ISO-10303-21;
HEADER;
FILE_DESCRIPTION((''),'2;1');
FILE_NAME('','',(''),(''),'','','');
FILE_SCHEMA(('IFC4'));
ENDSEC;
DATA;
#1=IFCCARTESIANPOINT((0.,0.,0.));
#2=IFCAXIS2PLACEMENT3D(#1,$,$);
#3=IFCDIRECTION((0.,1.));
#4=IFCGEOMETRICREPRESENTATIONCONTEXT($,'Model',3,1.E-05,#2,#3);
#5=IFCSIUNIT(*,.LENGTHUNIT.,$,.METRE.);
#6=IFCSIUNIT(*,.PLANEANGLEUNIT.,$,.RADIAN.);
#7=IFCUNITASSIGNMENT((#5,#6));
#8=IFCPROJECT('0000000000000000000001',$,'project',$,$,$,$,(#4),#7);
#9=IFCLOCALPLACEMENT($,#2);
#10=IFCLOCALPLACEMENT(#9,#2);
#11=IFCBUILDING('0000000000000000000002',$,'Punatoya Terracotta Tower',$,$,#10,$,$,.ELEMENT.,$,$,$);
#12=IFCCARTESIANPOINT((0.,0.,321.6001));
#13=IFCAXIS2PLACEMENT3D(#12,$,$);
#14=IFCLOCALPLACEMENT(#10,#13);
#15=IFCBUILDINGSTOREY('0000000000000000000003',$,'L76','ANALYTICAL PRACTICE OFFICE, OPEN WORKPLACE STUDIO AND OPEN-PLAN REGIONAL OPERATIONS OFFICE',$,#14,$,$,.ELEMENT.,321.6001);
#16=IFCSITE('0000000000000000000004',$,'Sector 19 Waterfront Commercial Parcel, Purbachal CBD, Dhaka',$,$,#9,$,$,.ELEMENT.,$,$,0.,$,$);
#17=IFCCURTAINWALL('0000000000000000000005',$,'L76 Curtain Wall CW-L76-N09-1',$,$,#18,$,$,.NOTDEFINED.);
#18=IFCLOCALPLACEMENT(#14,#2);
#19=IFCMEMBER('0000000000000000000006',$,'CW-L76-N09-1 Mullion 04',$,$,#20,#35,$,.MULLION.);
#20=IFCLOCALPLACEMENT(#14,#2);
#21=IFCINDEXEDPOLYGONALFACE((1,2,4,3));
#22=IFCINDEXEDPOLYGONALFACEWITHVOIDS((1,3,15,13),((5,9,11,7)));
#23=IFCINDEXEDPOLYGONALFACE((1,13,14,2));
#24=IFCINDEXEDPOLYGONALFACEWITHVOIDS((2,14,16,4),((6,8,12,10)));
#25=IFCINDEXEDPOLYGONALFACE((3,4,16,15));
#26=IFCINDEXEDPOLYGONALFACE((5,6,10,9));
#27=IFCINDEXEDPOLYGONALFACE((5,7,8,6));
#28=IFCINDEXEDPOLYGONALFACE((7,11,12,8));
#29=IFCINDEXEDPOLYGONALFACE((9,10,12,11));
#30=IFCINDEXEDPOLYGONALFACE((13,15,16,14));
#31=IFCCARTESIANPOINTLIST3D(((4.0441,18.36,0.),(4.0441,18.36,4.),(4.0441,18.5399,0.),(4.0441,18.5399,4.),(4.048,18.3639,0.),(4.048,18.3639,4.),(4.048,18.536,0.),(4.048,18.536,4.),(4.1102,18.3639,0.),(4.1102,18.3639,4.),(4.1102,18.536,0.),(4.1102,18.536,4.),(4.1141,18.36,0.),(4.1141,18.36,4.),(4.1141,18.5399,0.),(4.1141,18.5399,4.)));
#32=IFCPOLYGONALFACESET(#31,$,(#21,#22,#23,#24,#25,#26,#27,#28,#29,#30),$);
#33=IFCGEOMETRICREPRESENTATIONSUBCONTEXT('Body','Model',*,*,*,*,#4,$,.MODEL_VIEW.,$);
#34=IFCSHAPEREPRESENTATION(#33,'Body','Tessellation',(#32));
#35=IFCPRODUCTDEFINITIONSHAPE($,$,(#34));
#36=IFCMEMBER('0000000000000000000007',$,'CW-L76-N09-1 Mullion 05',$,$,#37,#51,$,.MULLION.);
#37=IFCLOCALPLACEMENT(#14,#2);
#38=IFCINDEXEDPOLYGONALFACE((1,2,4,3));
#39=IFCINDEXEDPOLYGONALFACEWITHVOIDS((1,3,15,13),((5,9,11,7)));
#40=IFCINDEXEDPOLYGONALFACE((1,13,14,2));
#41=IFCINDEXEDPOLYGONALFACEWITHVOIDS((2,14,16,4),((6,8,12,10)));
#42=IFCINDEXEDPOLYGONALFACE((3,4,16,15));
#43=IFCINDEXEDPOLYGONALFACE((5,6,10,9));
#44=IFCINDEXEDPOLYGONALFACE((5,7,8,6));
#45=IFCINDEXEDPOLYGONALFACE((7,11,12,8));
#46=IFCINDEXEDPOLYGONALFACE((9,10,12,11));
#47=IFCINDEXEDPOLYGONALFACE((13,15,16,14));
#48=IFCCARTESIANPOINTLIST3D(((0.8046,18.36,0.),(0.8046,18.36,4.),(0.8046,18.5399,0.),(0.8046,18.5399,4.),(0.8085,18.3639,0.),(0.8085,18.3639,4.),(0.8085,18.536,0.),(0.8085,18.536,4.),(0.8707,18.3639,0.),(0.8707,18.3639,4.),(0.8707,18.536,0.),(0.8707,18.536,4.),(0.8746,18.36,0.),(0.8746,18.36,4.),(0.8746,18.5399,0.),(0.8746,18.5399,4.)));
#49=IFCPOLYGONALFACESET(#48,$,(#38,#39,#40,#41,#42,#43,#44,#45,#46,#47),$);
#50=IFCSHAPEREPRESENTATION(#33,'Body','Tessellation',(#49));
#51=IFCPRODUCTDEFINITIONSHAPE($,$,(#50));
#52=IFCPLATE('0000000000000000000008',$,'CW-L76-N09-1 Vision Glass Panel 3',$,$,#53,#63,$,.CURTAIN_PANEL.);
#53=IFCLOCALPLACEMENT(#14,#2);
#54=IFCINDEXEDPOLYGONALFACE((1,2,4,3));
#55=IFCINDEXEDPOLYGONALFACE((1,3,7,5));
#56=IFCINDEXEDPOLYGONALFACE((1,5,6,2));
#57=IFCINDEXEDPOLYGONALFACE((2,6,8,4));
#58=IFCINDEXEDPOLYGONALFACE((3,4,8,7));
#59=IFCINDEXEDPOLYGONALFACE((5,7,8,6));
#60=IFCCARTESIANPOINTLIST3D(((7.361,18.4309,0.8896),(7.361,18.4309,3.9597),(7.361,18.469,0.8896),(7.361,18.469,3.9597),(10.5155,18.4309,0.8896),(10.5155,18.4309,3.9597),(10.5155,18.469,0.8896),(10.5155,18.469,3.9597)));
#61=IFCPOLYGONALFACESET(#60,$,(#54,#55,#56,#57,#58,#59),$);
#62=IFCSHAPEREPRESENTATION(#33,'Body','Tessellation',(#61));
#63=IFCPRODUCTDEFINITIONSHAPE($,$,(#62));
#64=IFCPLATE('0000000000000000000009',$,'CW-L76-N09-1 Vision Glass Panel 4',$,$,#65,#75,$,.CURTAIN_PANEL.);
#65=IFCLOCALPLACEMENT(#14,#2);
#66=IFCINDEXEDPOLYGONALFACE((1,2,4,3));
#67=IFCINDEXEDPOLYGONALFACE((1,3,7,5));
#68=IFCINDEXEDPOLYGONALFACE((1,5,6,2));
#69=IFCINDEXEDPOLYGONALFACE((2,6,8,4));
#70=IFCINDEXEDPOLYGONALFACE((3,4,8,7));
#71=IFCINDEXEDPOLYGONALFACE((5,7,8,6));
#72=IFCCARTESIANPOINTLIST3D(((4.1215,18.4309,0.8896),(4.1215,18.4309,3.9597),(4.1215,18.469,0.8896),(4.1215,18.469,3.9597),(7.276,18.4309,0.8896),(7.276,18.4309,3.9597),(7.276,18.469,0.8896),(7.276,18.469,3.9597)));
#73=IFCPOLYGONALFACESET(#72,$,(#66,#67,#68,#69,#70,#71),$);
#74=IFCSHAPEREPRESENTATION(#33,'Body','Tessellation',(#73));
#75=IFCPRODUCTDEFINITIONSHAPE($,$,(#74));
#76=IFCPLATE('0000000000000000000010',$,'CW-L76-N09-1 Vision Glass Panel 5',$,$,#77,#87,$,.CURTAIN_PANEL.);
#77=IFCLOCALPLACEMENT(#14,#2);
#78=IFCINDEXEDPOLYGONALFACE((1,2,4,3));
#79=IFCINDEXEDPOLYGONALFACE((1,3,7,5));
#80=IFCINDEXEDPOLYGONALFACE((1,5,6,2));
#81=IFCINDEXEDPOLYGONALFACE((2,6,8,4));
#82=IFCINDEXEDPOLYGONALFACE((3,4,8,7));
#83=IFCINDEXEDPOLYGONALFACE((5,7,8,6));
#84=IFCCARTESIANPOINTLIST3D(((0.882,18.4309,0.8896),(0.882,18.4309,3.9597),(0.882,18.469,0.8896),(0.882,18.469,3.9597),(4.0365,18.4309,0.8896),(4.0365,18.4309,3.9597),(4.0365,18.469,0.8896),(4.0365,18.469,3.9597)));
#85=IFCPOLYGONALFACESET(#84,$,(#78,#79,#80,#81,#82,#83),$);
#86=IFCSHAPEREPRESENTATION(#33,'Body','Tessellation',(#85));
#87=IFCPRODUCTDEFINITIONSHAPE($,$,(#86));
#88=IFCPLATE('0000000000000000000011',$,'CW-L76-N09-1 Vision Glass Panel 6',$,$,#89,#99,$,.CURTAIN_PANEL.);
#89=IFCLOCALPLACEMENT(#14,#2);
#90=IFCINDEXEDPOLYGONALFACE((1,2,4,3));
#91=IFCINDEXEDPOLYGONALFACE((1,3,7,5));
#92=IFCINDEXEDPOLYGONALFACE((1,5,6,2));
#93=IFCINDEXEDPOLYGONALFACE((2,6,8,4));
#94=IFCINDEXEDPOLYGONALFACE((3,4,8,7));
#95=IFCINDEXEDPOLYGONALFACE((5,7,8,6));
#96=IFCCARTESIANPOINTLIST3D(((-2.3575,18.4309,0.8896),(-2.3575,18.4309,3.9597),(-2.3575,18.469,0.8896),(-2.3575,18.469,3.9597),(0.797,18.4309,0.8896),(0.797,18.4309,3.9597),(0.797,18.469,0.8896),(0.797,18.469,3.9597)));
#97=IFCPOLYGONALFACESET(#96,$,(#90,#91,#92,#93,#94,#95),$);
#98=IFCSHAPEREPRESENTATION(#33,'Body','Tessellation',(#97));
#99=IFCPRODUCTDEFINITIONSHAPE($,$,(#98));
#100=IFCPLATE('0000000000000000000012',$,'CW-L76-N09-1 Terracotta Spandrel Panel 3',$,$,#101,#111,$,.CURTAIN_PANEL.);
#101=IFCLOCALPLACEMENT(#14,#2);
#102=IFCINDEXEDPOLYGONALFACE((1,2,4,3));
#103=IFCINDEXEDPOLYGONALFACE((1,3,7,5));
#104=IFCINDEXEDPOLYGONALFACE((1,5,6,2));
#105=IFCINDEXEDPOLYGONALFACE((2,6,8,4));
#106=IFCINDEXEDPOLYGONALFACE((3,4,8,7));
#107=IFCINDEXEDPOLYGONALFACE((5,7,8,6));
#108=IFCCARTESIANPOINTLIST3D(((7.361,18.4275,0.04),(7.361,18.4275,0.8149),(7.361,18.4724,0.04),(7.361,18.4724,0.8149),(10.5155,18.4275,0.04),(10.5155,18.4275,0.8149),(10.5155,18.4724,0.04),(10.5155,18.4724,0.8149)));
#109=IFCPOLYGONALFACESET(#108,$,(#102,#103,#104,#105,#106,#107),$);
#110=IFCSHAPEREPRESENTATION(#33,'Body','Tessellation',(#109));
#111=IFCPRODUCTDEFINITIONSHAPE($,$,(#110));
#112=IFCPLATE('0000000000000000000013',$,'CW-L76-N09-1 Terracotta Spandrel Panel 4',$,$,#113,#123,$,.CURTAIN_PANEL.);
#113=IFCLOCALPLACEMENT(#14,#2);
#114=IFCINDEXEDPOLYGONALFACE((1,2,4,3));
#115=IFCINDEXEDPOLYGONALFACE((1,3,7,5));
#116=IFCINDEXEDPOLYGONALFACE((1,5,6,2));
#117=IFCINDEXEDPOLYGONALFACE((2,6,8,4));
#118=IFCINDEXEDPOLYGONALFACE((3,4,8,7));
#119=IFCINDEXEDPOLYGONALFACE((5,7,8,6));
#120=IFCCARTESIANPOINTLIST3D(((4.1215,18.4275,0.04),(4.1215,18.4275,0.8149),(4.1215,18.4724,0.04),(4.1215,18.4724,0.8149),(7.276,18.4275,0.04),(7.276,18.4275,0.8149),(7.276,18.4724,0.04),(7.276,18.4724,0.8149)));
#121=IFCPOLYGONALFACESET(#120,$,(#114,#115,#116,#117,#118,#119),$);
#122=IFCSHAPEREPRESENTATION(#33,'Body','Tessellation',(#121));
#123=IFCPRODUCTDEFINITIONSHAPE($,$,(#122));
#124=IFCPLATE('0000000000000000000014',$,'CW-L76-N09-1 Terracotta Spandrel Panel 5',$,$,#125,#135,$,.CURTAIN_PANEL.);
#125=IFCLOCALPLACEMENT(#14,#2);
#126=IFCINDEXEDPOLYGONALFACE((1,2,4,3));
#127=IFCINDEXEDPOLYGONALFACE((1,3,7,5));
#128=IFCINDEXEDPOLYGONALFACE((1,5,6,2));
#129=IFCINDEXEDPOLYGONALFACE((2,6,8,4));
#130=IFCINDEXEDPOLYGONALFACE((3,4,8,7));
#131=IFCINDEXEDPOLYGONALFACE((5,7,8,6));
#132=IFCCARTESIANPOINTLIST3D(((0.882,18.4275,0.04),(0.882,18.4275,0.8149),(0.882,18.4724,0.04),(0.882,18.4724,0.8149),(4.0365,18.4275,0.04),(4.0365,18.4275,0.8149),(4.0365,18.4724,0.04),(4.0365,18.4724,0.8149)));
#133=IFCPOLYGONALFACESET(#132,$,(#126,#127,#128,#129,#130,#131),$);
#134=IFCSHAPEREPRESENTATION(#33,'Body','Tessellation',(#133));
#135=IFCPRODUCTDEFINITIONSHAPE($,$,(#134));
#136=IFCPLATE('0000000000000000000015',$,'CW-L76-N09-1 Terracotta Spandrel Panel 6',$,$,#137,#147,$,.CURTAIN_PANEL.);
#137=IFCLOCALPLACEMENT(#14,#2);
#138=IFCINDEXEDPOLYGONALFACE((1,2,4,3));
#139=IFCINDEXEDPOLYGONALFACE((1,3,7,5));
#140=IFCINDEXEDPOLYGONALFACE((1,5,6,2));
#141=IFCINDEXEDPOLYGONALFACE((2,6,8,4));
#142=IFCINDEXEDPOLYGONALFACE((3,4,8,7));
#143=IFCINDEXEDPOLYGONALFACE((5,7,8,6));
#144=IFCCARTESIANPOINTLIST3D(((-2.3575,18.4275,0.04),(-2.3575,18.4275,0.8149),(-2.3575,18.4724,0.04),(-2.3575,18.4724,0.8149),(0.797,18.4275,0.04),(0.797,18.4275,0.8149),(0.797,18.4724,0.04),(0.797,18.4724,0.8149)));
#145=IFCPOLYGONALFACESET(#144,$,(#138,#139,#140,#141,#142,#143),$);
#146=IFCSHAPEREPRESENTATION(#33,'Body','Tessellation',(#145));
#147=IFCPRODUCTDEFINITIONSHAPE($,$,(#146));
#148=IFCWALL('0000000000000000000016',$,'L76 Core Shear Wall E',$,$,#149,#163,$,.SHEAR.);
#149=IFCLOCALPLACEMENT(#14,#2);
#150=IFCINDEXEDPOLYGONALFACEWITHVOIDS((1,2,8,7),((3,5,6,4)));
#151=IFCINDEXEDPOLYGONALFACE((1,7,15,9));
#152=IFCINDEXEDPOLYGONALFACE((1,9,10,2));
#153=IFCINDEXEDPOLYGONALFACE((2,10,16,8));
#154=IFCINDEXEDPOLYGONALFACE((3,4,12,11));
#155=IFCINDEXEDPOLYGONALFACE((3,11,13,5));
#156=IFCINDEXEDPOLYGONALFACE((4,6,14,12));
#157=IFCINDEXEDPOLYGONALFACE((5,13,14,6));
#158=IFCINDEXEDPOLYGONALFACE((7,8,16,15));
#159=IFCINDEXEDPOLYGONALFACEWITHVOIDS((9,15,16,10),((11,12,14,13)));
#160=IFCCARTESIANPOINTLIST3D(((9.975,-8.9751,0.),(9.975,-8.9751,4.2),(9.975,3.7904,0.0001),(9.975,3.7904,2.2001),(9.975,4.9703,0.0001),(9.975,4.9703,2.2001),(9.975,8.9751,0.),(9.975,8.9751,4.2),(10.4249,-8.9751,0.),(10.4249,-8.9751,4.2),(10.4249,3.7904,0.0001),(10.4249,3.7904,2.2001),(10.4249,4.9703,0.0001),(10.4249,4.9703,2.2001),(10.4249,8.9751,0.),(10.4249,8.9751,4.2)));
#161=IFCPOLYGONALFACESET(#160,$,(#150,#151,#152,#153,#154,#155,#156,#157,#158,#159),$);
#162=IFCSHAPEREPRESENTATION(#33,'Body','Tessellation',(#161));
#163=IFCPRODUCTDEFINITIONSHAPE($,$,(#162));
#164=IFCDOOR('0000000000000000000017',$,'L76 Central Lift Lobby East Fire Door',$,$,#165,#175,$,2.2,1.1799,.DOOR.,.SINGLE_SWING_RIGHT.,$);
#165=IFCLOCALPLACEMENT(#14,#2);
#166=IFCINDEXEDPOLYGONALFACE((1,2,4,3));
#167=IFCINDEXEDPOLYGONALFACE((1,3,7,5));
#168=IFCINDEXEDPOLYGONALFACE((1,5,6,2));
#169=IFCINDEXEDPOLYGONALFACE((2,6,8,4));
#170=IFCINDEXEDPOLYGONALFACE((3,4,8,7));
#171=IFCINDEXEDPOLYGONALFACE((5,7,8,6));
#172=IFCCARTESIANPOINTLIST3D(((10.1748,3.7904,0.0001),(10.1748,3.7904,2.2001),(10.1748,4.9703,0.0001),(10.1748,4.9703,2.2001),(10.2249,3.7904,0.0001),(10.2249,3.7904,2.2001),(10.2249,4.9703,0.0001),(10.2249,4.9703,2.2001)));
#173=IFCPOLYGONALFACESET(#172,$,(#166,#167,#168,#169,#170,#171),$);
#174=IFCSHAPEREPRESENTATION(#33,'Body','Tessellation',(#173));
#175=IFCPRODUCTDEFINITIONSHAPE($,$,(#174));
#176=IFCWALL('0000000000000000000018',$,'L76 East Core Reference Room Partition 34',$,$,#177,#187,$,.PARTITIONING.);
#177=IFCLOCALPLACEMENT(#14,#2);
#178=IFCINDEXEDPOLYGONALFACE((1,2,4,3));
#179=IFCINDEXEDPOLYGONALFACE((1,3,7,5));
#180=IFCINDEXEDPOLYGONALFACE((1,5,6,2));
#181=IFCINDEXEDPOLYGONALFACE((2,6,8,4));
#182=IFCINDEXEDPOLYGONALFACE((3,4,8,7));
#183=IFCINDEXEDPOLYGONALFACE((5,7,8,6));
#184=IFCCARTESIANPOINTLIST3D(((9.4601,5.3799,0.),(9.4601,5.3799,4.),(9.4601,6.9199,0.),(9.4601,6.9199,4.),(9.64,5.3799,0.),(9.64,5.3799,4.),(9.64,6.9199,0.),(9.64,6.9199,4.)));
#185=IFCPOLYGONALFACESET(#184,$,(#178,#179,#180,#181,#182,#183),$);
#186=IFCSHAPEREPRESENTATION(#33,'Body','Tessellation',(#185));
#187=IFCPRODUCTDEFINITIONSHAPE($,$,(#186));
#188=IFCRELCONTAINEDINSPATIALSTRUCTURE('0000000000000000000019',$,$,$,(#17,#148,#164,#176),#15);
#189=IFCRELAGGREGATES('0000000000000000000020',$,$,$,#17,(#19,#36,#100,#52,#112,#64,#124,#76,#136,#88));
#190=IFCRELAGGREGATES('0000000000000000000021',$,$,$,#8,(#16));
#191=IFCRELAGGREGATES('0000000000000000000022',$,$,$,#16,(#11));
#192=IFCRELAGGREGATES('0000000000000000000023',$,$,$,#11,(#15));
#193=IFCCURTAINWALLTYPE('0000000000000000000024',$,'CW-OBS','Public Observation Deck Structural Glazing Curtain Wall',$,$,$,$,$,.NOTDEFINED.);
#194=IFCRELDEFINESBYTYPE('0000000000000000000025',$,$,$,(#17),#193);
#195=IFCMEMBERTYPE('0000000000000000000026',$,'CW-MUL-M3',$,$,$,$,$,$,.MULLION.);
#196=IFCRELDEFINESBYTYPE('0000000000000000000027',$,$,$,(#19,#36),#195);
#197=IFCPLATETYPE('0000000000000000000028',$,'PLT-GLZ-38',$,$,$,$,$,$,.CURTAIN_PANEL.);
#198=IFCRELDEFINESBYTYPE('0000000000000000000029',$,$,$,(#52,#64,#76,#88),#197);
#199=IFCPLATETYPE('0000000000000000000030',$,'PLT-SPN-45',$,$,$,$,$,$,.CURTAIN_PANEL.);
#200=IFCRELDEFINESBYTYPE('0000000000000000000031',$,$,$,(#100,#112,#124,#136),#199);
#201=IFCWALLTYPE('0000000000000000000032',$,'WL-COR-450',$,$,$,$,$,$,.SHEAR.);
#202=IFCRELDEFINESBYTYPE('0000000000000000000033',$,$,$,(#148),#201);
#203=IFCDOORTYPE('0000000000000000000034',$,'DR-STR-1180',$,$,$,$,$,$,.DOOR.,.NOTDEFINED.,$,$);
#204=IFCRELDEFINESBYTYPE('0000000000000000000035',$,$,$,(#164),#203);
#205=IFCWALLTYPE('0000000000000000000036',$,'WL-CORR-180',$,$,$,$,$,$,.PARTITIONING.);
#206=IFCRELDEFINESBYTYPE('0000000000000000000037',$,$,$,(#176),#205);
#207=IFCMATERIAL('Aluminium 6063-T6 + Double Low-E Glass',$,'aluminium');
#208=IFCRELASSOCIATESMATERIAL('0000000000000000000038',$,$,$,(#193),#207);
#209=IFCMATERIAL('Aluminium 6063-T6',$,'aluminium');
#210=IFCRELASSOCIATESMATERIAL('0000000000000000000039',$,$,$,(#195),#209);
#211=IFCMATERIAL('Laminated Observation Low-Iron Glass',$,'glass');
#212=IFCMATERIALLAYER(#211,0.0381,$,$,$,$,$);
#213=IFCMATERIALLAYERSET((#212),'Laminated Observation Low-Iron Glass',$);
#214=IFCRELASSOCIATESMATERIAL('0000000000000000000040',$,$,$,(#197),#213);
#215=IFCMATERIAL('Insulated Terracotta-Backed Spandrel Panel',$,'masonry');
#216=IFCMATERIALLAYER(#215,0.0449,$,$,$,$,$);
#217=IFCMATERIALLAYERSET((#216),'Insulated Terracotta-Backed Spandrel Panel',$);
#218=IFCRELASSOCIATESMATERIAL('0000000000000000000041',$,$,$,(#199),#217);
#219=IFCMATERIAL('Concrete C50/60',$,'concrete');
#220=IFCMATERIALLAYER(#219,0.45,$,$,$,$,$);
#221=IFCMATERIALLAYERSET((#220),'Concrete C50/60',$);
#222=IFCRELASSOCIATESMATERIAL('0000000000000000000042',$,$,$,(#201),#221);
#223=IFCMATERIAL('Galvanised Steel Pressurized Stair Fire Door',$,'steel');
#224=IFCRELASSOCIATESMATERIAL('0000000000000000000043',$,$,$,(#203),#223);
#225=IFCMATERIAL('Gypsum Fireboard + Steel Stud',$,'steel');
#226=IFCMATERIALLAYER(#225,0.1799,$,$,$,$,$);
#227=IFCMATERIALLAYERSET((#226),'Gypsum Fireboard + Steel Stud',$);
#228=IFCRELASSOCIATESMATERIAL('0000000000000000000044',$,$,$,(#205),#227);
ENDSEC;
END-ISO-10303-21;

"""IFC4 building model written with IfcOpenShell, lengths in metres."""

from ifc_helpers import new_model, si_unit, direction, frame, frame_2d, origin, origin_2d, place, context, subcontext, project, spatial, rectangle, hollow_rectangle, extrude, material, layer, layer_set, material_profile, profile_set, type_object, element, fill, aggregate, save


model = new_model("IFC4")

# Units and contexts
model_context = context("Model", 3, precision=1e-05, world=origin(), true_north=direction((0.0, 1.0)))
body_context = subcontext(model_context, "Body", "Model", "MODEL_VIEW")
ifc_project = project(units=[si_unit("LENGTHUNIT", "METRE"), si_unit("PLANEANGLEUNIT", "RADIAN")], contexts=[model_context])

# Site, building, storey
site_placement = place(None, origin())
site = spatial("IfcSite", under=ifc_project, at=site_placement, Name="Sector 19 Waterfront Commercial Parcel, Purbachal CBD, Dhaka", CompositionType="ELEMENT", RefElevation=0.0)
building_placement = place(site_placement, origin())
building = spatial("IfcBuilding", under=site, at=building_placement, Name="Punatoya Terracotta Tower", CompositionType="ELEMENT")
storey_placement = place(building_placement, frame((0.0, 0.0, 321.6001)))
storey = spatial("IfcBuildingStorey", under=building, at=storey_placement, Name="L76", Description="ANALYTICAL PRACTICE OFFICE, OPEN WORKPLACE STUDIO AND OPEN-PLAN REGIONAL OPERATIONS OFFICE", CompositionType="ELEMENT", Elevation=321.6001)

# Curtain wall, members, plates
ifc_material_1 = material(Name="Aluminium 6063-T6 + Double Low-E Glass", Category="aluminium")
curtain_wall_type = type_object("IfcCurtainWallType", Name="CW-OBS", Description="Public Observation Deck Structural Glazing Curtain Wall", PredefinedType="NOTDEFINED", material=ifc_material_1)
curtain_wall_placement = place(storey_placement, origin())
curtain_wall = element("IfcCurtainWall", 1, at=curtain_wall_placement, inside=storey, type_object=curtain_wall_type, Name="L76 Curtain Wall CW-L76-N09-1", PredefinedType="NOTDEFINED")
ifc_material_2 = material(Name="Aluminium 6063-T6", Category="aluminium")
ifc_material_profile_1 = material_profile(ifc_material_2, hollow_rectangle(XDim=0.0701, YDim=0.1799, WallThickness=0.0039, at=origin_2d()))
ifc_profile_set_1 = profile_set([ifc_material_profile_1], Name="Aluminium 6063-T6")
member_type = type_object("IfcMemberType", Name="CW-MUL-M3", PredefinedType="MULLION", material=ifc_profile_set_1)
member_1_placement = place(storey_placement, frame((4.0791, 18.45, 0.0), z_axis=(0.0, 0.0, 1.0), x_axis=(1.0, 0.0, 0.0)))
member_1 = element("IfcMember", 2, at=member_1_placement, type_object=member_type, Name="CW-L76-N09-1 Mullion 04", PredefinedType="MULLION", context=body_context, shape_type="SweptSolid", body=[
    extrude(hollow_rectangle(XDim=0.0701, YDim=0.1799, WallThickness=0.0039, at=origin_2d()), origin(), (0.0, 0.0, 1.0), 4.0),
])
member_2_placement = place(storey_placement, frame((0.8396, 18.45, 0.0), z_axis=(0.0, 0.0, 1.0), x_axis=(1.0, 0.0, 0.0)))
member_2 = element("IfcMember", 3, at=member_2_placement, type_object=member_type, Name="CW-L76-N09-1 Mullion 05", PredefinedType="MULLION", context=body_context, shape_type="SweptSolid", body=[
    extrude(hollow_rectangle(XDim=0.0701, YDim=0.1799, WallThickness=0.0039, at=origin_2d()), origin(), (0.0, 0.0, 1.0), 4.0),
])
ifc_material_3 = material(Name="Laminated Observation Low-Iron Glass", Category="glass")
ifc_layer_1 = layer(ifc_material_3, 0.0381)
ifc_layer_set_1 = layer_set([ifc_layer_1], Name="Laminated Observation Low-Iron Glass")
plate_type_1 = type_object("IfcPlateType", Name="PLT-GLZ-38", PredefinedType="CURTAIN_PANEL", material=ifc_layer_set_1)
plate_1_placement = place(storey_placement, frame((8.9382, 18.45, 0.8896), z_axis=(0.0, 0.0, 1.0), x_axis=(-1.0, 0.0, 0.0)))
plate_1 = element("IfcPlate", 4, at=plate_1_placement, type_object=plate_type_1, Name="CW-L76-N09-1 Vision Glass Panel 3", PredefinedType="CURTAIN_PANEL", context=body_context, shape_type="SweptSolid", body=[
    extrude(rectangle(XDim=3.1545, YDim=0.0381, at=origin_2d()), origin(), (0.0, 0.0, 1.0), 3.0701),
])
plate_2_placement = place(storey_placement, frame((5.6987, 18.45, 0.8896), z_axis=(0.0, 0.0, 1.0), x_axis=(-1.0, 0.0, 0.0)))
plate_2 = element("IfcPlate", 5, at=plate_2_placement, type_object=plate_type_1, Name="CW-L76-N09-1 Vision Glass Panel 4", PredefinedType="CURTAIN_PANEL", context=body_context, shape_type="SweptSolid", body=[
    extrude(rectangle(XDim=3.1545, YDim=0.0381, at=origin_2d()), origin(), (0.0, 0.0, 1.0), 3.0701),
])
plate_3_placement = place(storey_placement, frame((2.4592, 18.45, 0.8896), z_axis=(0.0, 0.0, 1.0), x_axis=(-1.0, 0.0, 0.0)))
plate_3 = element("IfcPlate", 6, at=plate_3_placement, type_object=plate_type_1, Name="CW-L76-N09-1 Vision Glass Panel 5", PredefinedType="CURTAIN_PANEL", context=body_context, shape_type="SweptSolid", body=[
    extrude(rectangle(XDim=3.1545, YDim=0.0381, at=origin_2d()), origin(), (0.0, 0.0, 1.0), 3.0701),
])
plate_4_placement = place(storey_placement, frame((-0.7803, 18.45, 0.8896), z_axis=(0.0, 0.0, 1.0), x_axis=(-1.0, 0.0, 0.0)))
plate_4 = element("IfcPlate", 7, at=plate_4_placement, type_object=plate_type_1, Name="CW-L76-N09-1 Vision Glass Panel 6", PredefinedType="CURTAIN_PANEL", context=body_context, shape_type="SweptSolid", body=[
    extrude(rectangle(XDim=3.1545, YDim=0.0381, at=origin_2d()), origin(), (0.0, 0.0, 1.0), 3.0701),
])
ifc_material_4 = material(Name="Insulated Terracotta-Backed Spandrel Panel", Category="masonry")
ifc_layer_2 = layer(ifc_material_4, 0.0449)
ifc_layer_set_2 = layer_set([ifc_layer_2], Name="Insulated Terracotta-Backed Spandrel Panel")
plate_type_2 = type_object("IfcPlateType", Name="PLT-SPN-45", PredefinedType="CURTAIN_PANEL", material=ifc_layer_set_2)
plate_5_placement = place(storey_placement, frame((8.9382, 18.45, 0.04), z_axis=(0.0, 0.0, 1.0), x_axis=(-1.0, 0.0, 0.0)))
plate_5 = element("IfcPlate", 8, at=plate_5_placement, type_object=plate_type_2, Name="CW-L76-N09-1 Terracotta Spandrel Panel 3", PredefinedType="CURTAIN_PANEL", context=body_context, shape_type="SweptSolid", body=[
    extrude(rectangle(XDim=3.1545, YDim=0.0449, at=origin_2d()), origin(), (0.0, 0.0, 1.0), 0.7749),
])
plate_6_placement = place(storey_placement, frame((5.6987, 18.45, 0.04), z_axis=(0.0, 0.0, 1.0), x_axis=(-1.0, 0.0, 0.0)))
plate_6 = element("IfcPlate", 9, at=plate_6_placement, type_object=plate_type_2, Name="CW-L76-N09-1 Terracotta Spandrel Panel 4", PredefinedType="CURTAIN_PANEL", context=body_context, shape_type="SweptSolid", body=[
    extrude(rectangle(XDim=3.1545, YDim=0.0449, at=origin_2d()), origin(), (0.0, 0.0, 1.0), 0.7749),
])
plate_7_placement = place(storey_placement, frame((2.4592, 18.45, 0.04), z_axis=(0.0, 0.0, 1.0), x_axis=(-1.0, 0.0, 0.0)))
plate_7 = element("IfcPlate", 10, at=plate_7_placement, type_object=plate_type_2, Name="CW-L76-N09-1 Terracotta Spandrel Panel 5", PredefinedType="CURTAIN_PANEL", context=body_context, shape_type="SweptSolid", body=[
    extrude(rectangle(XDim=3.1545, YDim=0.0449, at=origin_2d()), origin(), (0.0, 0.0, 1.0), 0.7749),
])
plate_8_placement = place(storey_placement, frame((-0.7803, 18.45, 0.04), z_axis=(0.0, 0.0, 1.0), x_axis=(-1.0, 0.0, 0.0)))
plate_8 = element("IfcPlate", 11, at=plate_8_placement, type_object=plate_type_2, Name="CW-L76-N09-1 Terracotta Spandrel Panel 6", PredefinedType="CURTAIN_PANEL", context=body_context, shape_type="SweptSolid", body=[
    extrude(rectangle(XDim=3.1545, YDim=0.0449, at=origin_2d()), origin(), (0.0, 0.0, 1.0), 0.7749),
])
aggregate(curtain_wall, [member_1, member_2, plate_5, plate_1, plate_6, plate_2, plate_7, plate_3, plate_8, plate_4])

# Wall, opening, door
ifc_material_5 = material(Name="Concrete C50/60", Category="concrete")
ifc_layer_3 = layer(ifc_material_5, 0.45)
ifc_layer_set_3 = layer_set([ifc_layer_3], Name="Concrete C50/60")
wall_type_1 = type_object("IfcWallType", Name="WL-COR-450", PredefinedType="SHEAR", material=ifc_layer_set_3)
wall_1_placement = place(storey_placement, frame((10.2, 8.9751, 0.0), z_axis=(0.0, 0.0, 1.0), x_axis=(0.0, -1.0, 0.0)))
wall_1 = element("IfcWall", 12, at=wall_1_placement, inside=storey, type_object=wall_type_1, Name="L76 Core Shear Wall E", PredefinedType="SHEAR", context=body_context, shape_type="SweptSolid", body=[
    extrude(rectangle(XDim=17.9502, YDim=0.45, at=frame_2d((8.9751, 0.0))), origin(), (0.0, 0.0, 1.0), 4.2),
])
opening_1_placement = place(wall_1_placement, frame((4.0049, 0.0, 0.0)))
opening_1 = element("IfcOpeningElement", 13, at=opening_1_placement, cuts=wall_1, PredefinedType="OPENING", context=body_context, shape_type="SweptSolid", body=[
    extrude(rectangle(XDim=1.1799, YDim=2.2, at=frame_2d((0.5898, 1.1001))), frame((0.0, 0.2349, 0.0), z_axis=(0.0, -1.0, 0.0), x_axis=(1.0, 0.0, 0.0)), (0.0, 0.0, 1.0), 0.47),
])
ifc_material_6 = material(Name="Galvanised Steel Pressurized Stair Fire Door", Category="steel")
door_type_1 = type_object("IfcDoorType", Name="DR-STR-1180", OperationType="NOTDEFINED", PredefinedType="DOOR", material=ifc_material_6)
door_1_placement = place(opening_1_placement, origin())
door_1 = element("IfcDoor", 14, at=door_1_placement, inside=storey, type_object=door_type_1, Name="L76 Central Lift Lobby East Fire Door", OperationType="SINGLE_SWING_RIGHT", OverallHeight=2.2, OverallWidth=1.1799, PredefinedType="DOOR", context=body_context, shape_type="SweptSolid", body=[
    extrude(rectangle(XDim=1.1799, YDim=2.2, at=frame_2d((0.5898, 1.1001))), frame((0.0, 0.0249, 0.0), z_axis=(0.0, -1.0, 0.0), x_axis=(1.0, 0.0, 0.0)), (0.0, 0.0, 1.0), 0.05),
])
fill(opening_1, door_1)

# Wall
ifc_material_7 = material(Name="Gypsum Fireboard + Steel Stud", Category="steel")
ifc_layer_4 = layer(ifc_material_7, 0.1799)
ifc_layer_set_4 = layer_set([ifc_layer_4], Name="Gypsum Fireboard + Steel Stud")
wall_type_2 = type_object("IfcWallType", Name="WL-CORR-180", PredefinedType="PARTITIONING", material=ifc_layer_set_4)
wall_2_placement = place(storey_placement, frame((9.55, 5.3799, 0.0), z_axis=(0.0, 0.0, 1.0), x_axis=(0.0, 1.0, 0.0)))
element("IfcWall", 15, at=wall_2_placement, inside=storey, type_object=wall_type_2, Name="L76 East Core Reference Room Partition 34", PredefinedType="PARTITIONING", context=body_context, shape_type="SweptSolid", body=[
    extrude(rectangle(XDim=1.54, YDim=0.1799, at=frame_2d((0.77, 0.0))), origin(), (0.0, 0.0, 1.0), 4.0),
])

save(model, "model.ifc")
